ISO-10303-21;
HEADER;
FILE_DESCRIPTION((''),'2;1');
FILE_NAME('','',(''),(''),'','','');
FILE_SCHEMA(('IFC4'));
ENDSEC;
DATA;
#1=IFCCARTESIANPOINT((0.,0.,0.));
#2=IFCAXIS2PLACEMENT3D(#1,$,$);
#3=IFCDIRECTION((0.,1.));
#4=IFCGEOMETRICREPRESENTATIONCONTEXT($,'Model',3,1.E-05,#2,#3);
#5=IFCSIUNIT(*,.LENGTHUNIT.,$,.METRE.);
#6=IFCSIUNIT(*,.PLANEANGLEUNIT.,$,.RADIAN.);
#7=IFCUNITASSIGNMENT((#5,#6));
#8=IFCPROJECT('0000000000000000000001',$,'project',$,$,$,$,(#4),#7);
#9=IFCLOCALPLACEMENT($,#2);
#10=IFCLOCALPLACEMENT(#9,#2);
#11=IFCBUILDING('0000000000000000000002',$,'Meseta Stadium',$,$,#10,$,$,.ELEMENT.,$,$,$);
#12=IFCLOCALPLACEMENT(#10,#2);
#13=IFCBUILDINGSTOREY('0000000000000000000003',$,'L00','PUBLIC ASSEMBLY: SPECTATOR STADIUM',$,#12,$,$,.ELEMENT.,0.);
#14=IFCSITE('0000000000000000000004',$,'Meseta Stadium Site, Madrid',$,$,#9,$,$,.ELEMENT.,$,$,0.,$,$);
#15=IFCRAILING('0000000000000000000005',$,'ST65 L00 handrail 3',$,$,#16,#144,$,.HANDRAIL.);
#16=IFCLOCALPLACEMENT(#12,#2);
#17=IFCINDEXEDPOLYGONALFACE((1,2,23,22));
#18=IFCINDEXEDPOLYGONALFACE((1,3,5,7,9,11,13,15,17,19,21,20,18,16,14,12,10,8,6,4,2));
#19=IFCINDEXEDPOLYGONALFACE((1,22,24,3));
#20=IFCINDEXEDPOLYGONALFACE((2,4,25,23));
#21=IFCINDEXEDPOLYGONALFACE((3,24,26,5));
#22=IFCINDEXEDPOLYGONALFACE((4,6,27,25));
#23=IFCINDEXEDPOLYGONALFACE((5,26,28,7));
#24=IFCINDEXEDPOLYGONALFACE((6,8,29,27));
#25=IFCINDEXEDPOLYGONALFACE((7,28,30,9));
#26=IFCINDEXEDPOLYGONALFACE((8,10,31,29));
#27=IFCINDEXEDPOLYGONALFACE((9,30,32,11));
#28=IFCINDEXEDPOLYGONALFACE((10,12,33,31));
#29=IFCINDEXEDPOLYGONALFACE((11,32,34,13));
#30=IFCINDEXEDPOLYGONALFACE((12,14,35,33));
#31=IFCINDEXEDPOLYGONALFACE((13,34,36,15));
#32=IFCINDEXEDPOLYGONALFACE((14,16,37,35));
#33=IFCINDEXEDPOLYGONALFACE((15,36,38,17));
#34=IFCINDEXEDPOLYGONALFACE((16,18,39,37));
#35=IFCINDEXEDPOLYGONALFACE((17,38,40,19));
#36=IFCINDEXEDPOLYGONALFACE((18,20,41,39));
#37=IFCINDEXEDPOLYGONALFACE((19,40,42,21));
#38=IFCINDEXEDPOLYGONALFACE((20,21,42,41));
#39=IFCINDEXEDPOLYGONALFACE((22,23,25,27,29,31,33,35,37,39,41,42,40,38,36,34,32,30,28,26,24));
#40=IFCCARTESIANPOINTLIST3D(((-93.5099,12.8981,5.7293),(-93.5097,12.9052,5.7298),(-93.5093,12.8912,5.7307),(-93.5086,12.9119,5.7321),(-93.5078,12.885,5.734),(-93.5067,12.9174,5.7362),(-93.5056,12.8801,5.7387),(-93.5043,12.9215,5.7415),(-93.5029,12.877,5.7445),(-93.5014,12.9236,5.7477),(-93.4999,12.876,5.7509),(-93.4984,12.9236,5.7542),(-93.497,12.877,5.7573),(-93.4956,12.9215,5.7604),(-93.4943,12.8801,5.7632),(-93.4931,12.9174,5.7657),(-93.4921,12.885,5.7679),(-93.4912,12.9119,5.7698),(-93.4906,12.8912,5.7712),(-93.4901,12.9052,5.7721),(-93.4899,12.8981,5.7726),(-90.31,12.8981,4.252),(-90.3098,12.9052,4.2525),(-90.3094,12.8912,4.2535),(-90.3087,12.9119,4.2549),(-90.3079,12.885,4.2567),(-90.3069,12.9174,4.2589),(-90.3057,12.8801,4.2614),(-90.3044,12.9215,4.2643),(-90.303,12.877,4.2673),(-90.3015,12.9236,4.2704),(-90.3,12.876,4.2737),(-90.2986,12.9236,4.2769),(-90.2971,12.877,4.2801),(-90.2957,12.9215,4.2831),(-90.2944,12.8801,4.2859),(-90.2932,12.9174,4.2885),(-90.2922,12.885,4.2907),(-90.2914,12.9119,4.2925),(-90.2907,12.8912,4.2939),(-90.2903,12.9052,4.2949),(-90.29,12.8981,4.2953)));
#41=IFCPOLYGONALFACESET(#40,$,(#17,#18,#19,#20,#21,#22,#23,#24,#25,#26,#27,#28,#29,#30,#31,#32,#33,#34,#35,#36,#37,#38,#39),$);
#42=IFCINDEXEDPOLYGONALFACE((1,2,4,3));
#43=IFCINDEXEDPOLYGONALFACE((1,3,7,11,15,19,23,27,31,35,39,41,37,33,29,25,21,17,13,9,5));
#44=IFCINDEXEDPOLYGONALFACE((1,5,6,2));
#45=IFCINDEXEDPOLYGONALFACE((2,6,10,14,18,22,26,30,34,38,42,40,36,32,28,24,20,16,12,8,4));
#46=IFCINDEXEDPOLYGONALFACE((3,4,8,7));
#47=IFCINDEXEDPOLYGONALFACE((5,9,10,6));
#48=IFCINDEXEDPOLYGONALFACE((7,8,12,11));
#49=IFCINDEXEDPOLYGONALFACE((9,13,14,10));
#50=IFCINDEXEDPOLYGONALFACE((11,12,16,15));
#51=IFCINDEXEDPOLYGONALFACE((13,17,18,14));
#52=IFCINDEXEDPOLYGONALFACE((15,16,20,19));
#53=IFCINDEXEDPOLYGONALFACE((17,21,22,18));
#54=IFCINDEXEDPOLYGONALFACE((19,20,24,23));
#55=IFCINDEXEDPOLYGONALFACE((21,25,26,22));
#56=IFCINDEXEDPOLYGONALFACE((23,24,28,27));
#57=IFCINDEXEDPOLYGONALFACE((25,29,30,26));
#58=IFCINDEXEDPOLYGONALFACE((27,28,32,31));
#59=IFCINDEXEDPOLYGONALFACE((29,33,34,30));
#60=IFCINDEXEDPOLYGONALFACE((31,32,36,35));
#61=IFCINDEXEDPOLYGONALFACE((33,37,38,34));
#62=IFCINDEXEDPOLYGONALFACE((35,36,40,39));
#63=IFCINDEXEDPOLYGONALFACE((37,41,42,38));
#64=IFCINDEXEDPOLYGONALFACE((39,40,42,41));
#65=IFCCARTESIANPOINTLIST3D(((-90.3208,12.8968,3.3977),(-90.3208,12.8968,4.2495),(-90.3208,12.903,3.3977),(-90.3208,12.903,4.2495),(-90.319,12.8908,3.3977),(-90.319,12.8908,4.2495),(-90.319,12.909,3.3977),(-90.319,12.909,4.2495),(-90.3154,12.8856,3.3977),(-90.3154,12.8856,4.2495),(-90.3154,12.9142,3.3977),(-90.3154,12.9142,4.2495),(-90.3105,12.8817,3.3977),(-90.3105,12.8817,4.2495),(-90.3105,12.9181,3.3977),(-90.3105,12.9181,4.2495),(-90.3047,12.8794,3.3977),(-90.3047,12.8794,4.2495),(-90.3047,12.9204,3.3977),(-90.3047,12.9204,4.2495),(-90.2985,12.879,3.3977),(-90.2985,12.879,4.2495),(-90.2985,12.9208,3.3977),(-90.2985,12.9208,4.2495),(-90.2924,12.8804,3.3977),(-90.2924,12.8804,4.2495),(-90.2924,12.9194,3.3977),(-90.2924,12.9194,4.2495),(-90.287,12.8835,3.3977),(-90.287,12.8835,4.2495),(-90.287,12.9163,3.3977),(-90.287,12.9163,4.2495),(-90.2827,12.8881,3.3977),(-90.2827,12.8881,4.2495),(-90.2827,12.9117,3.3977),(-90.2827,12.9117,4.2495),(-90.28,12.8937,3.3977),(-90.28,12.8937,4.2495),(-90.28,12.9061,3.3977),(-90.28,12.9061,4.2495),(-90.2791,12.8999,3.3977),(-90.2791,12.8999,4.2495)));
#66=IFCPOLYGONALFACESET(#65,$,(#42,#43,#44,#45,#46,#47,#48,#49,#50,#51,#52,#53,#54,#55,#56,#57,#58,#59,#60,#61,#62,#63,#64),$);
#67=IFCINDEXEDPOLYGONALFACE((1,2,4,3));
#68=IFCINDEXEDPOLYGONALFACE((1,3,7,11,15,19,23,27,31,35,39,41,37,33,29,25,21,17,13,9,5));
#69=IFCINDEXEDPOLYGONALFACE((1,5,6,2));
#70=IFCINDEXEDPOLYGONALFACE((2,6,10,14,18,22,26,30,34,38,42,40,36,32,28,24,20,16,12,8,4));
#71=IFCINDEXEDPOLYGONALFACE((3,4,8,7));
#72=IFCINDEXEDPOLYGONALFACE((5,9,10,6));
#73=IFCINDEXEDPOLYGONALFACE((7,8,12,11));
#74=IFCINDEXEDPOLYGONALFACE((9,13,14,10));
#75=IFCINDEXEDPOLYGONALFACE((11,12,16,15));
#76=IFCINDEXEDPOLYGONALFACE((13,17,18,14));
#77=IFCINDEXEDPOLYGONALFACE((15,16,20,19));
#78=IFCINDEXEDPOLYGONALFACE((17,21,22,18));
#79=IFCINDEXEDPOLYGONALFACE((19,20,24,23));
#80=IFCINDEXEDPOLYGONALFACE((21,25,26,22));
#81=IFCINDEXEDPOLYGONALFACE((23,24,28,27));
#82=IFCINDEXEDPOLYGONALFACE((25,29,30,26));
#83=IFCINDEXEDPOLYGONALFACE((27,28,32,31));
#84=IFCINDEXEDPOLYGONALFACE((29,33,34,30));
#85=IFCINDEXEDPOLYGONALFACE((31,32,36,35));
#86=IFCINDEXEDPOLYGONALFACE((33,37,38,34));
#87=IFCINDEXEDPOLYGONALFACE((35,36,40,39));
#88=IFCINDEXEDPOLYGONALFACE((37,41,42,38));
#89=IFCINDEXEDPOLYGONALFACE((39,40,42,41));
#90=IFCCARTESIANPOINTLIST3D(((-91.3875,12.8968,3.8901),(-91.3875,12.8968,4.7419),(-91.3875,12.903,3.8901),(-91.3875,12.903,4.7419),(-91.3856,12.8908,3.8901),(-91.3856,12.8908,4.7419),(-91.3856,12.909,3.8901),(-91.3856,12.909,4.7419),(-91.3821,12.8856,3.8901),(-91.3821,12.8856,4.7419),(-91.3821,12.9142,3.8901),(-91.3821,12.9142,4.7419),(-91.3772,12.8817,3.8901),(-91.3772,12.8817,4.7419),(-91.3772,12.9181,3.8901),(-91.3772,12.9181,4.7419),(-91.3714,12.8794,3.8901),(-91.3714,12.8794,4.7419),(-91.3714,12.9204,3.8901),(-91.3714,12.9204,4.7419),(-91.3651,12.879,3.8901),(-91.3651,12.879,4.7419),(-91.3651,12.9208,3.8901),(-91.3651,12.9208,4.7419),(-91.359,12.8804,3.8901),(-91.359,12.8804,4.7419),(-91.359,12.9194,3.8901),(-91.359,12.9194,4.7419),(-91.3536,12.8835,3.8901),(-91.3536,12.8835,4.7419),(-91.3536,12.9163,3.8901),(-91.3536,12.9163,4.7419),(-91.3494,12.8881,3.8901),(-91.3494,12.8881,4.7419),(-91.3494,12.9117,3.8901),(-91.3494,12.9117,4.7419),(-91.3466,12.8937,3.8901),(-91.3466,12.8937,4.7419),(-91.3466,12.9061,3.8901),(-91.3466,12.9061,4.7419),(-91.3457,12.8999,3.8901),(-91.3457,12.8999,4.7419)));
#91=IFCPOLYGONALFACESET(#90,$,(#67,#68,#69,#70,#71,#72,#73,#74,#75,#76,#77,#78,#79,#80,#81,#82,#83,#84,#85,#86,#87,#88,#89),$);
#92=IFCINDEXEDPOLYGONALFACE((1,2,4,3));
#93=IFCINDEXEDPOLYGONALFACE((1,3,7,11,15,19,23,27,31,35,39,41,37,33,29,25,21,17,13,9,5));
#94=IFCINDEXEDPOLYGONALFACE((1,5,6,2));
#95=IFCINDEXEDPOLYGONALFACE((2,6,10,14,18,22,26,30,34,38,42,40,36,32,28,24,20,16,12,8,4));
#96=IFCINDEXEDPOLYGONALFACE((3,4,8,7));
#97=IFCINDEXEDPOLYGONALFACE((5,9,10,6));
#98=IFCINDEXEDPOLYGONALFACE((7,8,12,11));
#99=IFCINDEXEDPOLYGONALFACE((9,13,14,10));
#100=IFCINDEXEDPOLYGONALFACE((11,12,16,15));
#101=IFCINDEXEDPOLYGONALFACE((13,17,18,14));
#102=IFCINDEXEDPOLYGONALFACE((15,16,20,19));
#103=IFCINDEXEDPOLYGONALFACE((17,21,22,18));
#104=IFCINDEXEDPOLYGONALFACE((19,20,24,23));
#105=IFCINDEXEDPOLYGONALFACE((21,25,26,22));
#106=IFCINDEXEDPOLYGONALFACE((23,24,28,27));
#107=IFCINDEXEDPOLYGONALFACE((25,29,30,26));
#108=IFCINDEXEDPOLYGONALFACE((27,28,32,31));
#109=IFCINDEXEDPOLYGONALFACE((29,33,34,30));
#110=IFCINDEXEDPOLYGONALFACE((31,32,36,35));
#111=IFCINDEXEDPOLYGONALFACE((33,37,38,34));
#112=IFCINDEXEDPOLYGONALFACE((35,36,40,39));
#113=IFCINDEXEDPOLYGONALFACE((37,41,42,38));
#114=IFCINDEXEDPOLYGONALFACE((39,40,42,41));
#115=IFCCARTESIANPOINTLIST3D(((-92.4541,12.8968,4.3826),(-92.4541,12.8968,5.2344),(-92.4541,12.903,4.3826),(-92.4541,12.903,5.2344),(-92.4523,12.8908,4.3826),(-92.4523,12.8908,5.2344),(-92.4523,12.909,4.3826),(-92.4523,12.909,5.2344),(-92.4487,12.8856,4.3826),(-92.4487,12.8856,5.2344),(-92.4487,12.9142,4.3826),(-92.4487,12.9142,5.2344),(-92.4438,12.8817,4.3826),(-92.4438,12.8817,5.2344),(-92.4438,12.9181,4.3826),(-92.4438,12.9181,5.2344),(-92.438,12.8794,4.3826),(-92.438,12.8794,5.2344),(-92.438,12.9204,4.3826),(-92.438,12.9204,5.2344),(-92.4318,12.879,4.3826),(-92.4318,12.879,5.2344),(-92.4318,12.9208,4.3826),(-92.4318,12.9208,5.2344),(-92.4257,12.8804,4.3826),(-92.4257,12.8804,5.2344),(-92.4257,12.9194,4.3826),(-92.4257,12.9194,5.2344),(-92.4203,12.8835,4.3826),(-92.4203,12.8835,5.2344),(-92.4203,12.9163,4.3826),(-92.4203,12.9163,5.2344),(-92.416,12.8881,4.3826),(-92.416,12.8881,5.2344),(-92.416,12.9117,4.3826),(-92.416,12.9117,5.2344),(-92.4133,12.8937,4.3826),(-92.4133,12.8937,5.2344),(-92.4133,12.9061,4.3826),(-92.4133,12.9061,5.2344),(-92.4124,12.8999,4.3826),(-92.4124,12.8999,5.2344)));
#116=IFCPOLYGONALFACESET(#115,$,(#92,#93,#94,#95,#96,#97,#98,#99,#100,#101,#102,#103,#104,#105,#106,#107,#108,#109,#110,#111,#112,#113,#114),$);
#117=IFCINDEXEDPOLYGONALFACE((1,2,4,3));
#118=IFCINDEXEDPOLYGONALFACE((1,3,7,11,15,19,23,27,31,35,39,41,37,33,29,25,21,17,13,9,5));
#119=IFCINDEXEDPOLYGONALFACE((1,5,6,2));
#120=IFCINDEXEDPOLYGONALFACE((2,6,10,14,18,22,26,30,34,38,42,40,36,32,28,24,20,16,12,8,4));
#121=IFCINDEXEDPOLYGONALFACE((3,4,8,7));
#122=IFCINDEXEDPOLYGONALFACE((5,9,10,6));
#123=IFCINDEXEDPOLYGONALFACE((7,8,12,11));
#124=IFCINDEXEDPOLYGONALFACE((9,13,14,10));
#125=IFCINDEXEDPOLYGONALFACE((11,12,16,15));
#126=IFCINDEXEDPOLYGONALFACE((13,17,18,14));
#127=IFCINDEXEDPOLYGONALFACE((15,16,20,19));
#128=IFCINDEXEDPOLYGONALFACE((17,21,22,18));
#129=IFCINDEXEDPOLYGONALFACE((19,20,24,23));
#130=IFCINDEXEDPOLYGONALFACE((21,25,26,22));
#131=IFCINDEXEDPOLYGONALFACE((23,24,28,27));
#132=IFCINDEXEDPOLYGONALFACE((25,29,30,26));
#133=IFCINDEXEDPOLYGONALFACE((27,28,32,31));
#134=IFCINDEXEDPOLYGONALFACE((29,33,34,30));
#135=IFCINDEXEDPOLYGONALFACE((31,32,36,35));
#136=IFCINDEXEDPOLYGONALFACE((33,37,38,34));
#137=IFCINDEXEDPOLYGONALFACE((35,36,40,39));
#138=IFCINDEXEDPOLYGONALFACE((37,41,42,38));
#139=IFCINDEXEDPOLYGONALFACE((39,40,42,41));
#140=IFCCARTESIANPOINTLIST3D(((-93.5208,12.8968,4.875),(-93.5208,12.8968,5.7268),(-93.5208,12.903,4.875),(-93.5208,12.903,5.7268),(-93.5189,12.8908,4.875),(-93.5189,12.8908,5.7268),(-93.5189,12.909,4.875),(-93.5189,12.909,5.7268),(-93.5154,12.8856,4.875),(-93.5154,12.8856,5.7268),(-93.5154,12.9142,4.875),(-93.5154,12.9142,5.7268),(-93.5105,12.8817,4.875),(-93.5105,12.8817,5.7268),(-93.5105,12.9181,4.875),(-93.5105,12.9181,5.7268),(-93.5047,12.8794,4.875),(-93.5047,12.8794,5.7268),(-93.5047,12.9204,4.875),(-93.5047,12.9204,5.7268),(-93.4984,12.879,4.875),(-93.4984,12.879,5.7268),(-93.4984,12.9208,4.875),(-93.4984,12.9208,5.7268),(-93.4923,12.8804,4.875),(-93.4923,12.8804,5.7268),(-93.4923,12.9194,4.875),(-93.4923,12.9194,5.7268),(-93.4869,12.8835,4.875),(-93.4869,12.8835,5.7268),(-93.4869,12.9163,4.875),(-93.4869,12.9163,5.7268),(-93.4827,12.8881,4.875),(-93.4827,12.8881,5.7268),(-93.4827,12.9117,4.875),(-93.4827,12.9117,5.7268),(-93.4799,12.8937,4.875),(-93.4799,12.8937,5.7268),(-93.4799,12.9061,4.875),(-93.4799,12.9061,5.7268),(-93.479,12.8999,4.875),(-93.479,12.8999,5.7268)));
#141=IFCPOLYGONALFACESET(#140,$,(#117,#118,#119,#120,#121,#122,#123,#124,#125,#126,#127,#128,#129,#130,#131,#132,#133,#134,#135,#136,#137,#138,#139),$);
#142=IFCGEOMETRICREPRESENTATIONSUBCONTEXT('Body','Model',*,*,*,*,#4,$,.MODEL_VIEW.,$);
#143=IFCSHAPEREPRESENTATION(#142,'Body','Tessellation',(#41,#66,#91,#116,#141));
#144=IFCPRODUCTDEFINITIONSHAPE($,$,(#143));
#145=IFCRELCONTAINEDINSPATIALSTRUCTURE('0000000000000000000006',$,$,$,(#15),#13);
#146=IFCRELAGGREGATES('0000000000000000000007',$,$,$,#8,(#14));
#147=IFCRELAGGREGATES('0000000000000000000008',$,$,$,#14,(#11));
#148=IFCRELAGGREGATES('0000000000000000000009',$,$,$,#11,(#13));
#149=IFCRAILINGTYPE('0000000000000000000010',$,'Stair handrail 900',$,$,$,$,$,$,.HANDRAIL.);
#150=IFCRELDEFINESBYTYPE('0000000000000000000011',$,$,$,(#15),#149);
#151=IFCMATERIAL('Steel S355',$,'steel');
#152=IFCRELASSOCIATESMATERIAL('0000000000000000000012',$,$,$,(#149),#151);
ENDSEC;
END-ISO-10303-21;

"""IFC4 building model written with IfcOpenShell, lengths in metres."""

from ifc_helpers import new_model, si_unit, direction, frame, origin, origin_2d, place, context, subcontext, project, spatial, circle, extrude, material, type_object, element, save


model = new_model("IFC4")

# Units and contexts
model_context = context("Model", 3, precision=1e-05, world=origin(), true_north=direction((0.0, 1.0)))
body_context = subcontext(model_context, "Body", "Model", "MODEL_VIEW")
ifc_project = project(units=[si_unit("LENGTHUNIT", "METRE"), si_unit("PLANEANGLEUNIT", "RADIAN")], contexts=[model_context])

# Site, building, storey
site_placement = place(None, origin())
site = spatial("IfcSite", under=ifc_project, at=site_placement, Name="Meseta Stadium Site, Madrid", CompositionType="ELEMENT", RefElevation=0.0)
building_placement = place(site_placement, origin())
building = spatial("IfcBuilding", under=site, at=building_placement, Name="Meseta Stadium", CompositionType="ELEMENT")
storey_placement = place(building_placement, origin())
storey = spatial("IfcBuildingStorey", under=building, at=storey_placement, Name="L00", Description="PUBLIC ASSEMBLY: SPECTATOR STADIUM", CompositionType="ELEMENT", Elevation=0.0)

# Railing
ifc_material_1 = material(Name="Steel S355", Category="steel")
railing_type_1 = type_object("IfcRailingType", Name="Stair handrail 900", PredefinedType="HANDRAIL", material=ifc_material_1)
for number, where, name in (
    (1, (-90.3, 12.8999, 3.3977), "ST65 L00 handrail 3"),
):
    element("IfcRailing", number, at=place(storey_placement, frame(where)), inside=storey, type_object=railing_type_1, Name=name, PredefinedType="HANDRAIL", context=body_context, shape_type="SweptSolid", body=[
        extrude(circle(Radius=0.0239, at=origin_2d()), frame((0.0, 0.0, 0.876), z_axis=(-0.907917, 0.0, 0.41915), x_axis=(0.0, -1.0, 0.0)), (0.0, 0.0, 1.0), 3.5244),
        extrude(circle(Radius=0.021, at=origin_2d()), origin(), (0.0, 0.0, 1.0), 0.8518),
        extrude(circle(Radius=0.021, at=origin_2d()), frame((-1.0667, 0.0, 0.4924)), (0.0, 0.0, 1.0), 0.8518),
        extrude(circle(Radius=0.021, at=origin_2d()), frame((-2.1333, 0.0, 0.9849)), (0.0, 0.0, 1.0), 0.8518),
        extrude(circle(Radius=0.021, at=origin_2d()), frame((-3.2, 0.0, 1.4773)), (0.0, 0.0, 1.0), 0.8518),
    ])

save(model, "model.ifc")
